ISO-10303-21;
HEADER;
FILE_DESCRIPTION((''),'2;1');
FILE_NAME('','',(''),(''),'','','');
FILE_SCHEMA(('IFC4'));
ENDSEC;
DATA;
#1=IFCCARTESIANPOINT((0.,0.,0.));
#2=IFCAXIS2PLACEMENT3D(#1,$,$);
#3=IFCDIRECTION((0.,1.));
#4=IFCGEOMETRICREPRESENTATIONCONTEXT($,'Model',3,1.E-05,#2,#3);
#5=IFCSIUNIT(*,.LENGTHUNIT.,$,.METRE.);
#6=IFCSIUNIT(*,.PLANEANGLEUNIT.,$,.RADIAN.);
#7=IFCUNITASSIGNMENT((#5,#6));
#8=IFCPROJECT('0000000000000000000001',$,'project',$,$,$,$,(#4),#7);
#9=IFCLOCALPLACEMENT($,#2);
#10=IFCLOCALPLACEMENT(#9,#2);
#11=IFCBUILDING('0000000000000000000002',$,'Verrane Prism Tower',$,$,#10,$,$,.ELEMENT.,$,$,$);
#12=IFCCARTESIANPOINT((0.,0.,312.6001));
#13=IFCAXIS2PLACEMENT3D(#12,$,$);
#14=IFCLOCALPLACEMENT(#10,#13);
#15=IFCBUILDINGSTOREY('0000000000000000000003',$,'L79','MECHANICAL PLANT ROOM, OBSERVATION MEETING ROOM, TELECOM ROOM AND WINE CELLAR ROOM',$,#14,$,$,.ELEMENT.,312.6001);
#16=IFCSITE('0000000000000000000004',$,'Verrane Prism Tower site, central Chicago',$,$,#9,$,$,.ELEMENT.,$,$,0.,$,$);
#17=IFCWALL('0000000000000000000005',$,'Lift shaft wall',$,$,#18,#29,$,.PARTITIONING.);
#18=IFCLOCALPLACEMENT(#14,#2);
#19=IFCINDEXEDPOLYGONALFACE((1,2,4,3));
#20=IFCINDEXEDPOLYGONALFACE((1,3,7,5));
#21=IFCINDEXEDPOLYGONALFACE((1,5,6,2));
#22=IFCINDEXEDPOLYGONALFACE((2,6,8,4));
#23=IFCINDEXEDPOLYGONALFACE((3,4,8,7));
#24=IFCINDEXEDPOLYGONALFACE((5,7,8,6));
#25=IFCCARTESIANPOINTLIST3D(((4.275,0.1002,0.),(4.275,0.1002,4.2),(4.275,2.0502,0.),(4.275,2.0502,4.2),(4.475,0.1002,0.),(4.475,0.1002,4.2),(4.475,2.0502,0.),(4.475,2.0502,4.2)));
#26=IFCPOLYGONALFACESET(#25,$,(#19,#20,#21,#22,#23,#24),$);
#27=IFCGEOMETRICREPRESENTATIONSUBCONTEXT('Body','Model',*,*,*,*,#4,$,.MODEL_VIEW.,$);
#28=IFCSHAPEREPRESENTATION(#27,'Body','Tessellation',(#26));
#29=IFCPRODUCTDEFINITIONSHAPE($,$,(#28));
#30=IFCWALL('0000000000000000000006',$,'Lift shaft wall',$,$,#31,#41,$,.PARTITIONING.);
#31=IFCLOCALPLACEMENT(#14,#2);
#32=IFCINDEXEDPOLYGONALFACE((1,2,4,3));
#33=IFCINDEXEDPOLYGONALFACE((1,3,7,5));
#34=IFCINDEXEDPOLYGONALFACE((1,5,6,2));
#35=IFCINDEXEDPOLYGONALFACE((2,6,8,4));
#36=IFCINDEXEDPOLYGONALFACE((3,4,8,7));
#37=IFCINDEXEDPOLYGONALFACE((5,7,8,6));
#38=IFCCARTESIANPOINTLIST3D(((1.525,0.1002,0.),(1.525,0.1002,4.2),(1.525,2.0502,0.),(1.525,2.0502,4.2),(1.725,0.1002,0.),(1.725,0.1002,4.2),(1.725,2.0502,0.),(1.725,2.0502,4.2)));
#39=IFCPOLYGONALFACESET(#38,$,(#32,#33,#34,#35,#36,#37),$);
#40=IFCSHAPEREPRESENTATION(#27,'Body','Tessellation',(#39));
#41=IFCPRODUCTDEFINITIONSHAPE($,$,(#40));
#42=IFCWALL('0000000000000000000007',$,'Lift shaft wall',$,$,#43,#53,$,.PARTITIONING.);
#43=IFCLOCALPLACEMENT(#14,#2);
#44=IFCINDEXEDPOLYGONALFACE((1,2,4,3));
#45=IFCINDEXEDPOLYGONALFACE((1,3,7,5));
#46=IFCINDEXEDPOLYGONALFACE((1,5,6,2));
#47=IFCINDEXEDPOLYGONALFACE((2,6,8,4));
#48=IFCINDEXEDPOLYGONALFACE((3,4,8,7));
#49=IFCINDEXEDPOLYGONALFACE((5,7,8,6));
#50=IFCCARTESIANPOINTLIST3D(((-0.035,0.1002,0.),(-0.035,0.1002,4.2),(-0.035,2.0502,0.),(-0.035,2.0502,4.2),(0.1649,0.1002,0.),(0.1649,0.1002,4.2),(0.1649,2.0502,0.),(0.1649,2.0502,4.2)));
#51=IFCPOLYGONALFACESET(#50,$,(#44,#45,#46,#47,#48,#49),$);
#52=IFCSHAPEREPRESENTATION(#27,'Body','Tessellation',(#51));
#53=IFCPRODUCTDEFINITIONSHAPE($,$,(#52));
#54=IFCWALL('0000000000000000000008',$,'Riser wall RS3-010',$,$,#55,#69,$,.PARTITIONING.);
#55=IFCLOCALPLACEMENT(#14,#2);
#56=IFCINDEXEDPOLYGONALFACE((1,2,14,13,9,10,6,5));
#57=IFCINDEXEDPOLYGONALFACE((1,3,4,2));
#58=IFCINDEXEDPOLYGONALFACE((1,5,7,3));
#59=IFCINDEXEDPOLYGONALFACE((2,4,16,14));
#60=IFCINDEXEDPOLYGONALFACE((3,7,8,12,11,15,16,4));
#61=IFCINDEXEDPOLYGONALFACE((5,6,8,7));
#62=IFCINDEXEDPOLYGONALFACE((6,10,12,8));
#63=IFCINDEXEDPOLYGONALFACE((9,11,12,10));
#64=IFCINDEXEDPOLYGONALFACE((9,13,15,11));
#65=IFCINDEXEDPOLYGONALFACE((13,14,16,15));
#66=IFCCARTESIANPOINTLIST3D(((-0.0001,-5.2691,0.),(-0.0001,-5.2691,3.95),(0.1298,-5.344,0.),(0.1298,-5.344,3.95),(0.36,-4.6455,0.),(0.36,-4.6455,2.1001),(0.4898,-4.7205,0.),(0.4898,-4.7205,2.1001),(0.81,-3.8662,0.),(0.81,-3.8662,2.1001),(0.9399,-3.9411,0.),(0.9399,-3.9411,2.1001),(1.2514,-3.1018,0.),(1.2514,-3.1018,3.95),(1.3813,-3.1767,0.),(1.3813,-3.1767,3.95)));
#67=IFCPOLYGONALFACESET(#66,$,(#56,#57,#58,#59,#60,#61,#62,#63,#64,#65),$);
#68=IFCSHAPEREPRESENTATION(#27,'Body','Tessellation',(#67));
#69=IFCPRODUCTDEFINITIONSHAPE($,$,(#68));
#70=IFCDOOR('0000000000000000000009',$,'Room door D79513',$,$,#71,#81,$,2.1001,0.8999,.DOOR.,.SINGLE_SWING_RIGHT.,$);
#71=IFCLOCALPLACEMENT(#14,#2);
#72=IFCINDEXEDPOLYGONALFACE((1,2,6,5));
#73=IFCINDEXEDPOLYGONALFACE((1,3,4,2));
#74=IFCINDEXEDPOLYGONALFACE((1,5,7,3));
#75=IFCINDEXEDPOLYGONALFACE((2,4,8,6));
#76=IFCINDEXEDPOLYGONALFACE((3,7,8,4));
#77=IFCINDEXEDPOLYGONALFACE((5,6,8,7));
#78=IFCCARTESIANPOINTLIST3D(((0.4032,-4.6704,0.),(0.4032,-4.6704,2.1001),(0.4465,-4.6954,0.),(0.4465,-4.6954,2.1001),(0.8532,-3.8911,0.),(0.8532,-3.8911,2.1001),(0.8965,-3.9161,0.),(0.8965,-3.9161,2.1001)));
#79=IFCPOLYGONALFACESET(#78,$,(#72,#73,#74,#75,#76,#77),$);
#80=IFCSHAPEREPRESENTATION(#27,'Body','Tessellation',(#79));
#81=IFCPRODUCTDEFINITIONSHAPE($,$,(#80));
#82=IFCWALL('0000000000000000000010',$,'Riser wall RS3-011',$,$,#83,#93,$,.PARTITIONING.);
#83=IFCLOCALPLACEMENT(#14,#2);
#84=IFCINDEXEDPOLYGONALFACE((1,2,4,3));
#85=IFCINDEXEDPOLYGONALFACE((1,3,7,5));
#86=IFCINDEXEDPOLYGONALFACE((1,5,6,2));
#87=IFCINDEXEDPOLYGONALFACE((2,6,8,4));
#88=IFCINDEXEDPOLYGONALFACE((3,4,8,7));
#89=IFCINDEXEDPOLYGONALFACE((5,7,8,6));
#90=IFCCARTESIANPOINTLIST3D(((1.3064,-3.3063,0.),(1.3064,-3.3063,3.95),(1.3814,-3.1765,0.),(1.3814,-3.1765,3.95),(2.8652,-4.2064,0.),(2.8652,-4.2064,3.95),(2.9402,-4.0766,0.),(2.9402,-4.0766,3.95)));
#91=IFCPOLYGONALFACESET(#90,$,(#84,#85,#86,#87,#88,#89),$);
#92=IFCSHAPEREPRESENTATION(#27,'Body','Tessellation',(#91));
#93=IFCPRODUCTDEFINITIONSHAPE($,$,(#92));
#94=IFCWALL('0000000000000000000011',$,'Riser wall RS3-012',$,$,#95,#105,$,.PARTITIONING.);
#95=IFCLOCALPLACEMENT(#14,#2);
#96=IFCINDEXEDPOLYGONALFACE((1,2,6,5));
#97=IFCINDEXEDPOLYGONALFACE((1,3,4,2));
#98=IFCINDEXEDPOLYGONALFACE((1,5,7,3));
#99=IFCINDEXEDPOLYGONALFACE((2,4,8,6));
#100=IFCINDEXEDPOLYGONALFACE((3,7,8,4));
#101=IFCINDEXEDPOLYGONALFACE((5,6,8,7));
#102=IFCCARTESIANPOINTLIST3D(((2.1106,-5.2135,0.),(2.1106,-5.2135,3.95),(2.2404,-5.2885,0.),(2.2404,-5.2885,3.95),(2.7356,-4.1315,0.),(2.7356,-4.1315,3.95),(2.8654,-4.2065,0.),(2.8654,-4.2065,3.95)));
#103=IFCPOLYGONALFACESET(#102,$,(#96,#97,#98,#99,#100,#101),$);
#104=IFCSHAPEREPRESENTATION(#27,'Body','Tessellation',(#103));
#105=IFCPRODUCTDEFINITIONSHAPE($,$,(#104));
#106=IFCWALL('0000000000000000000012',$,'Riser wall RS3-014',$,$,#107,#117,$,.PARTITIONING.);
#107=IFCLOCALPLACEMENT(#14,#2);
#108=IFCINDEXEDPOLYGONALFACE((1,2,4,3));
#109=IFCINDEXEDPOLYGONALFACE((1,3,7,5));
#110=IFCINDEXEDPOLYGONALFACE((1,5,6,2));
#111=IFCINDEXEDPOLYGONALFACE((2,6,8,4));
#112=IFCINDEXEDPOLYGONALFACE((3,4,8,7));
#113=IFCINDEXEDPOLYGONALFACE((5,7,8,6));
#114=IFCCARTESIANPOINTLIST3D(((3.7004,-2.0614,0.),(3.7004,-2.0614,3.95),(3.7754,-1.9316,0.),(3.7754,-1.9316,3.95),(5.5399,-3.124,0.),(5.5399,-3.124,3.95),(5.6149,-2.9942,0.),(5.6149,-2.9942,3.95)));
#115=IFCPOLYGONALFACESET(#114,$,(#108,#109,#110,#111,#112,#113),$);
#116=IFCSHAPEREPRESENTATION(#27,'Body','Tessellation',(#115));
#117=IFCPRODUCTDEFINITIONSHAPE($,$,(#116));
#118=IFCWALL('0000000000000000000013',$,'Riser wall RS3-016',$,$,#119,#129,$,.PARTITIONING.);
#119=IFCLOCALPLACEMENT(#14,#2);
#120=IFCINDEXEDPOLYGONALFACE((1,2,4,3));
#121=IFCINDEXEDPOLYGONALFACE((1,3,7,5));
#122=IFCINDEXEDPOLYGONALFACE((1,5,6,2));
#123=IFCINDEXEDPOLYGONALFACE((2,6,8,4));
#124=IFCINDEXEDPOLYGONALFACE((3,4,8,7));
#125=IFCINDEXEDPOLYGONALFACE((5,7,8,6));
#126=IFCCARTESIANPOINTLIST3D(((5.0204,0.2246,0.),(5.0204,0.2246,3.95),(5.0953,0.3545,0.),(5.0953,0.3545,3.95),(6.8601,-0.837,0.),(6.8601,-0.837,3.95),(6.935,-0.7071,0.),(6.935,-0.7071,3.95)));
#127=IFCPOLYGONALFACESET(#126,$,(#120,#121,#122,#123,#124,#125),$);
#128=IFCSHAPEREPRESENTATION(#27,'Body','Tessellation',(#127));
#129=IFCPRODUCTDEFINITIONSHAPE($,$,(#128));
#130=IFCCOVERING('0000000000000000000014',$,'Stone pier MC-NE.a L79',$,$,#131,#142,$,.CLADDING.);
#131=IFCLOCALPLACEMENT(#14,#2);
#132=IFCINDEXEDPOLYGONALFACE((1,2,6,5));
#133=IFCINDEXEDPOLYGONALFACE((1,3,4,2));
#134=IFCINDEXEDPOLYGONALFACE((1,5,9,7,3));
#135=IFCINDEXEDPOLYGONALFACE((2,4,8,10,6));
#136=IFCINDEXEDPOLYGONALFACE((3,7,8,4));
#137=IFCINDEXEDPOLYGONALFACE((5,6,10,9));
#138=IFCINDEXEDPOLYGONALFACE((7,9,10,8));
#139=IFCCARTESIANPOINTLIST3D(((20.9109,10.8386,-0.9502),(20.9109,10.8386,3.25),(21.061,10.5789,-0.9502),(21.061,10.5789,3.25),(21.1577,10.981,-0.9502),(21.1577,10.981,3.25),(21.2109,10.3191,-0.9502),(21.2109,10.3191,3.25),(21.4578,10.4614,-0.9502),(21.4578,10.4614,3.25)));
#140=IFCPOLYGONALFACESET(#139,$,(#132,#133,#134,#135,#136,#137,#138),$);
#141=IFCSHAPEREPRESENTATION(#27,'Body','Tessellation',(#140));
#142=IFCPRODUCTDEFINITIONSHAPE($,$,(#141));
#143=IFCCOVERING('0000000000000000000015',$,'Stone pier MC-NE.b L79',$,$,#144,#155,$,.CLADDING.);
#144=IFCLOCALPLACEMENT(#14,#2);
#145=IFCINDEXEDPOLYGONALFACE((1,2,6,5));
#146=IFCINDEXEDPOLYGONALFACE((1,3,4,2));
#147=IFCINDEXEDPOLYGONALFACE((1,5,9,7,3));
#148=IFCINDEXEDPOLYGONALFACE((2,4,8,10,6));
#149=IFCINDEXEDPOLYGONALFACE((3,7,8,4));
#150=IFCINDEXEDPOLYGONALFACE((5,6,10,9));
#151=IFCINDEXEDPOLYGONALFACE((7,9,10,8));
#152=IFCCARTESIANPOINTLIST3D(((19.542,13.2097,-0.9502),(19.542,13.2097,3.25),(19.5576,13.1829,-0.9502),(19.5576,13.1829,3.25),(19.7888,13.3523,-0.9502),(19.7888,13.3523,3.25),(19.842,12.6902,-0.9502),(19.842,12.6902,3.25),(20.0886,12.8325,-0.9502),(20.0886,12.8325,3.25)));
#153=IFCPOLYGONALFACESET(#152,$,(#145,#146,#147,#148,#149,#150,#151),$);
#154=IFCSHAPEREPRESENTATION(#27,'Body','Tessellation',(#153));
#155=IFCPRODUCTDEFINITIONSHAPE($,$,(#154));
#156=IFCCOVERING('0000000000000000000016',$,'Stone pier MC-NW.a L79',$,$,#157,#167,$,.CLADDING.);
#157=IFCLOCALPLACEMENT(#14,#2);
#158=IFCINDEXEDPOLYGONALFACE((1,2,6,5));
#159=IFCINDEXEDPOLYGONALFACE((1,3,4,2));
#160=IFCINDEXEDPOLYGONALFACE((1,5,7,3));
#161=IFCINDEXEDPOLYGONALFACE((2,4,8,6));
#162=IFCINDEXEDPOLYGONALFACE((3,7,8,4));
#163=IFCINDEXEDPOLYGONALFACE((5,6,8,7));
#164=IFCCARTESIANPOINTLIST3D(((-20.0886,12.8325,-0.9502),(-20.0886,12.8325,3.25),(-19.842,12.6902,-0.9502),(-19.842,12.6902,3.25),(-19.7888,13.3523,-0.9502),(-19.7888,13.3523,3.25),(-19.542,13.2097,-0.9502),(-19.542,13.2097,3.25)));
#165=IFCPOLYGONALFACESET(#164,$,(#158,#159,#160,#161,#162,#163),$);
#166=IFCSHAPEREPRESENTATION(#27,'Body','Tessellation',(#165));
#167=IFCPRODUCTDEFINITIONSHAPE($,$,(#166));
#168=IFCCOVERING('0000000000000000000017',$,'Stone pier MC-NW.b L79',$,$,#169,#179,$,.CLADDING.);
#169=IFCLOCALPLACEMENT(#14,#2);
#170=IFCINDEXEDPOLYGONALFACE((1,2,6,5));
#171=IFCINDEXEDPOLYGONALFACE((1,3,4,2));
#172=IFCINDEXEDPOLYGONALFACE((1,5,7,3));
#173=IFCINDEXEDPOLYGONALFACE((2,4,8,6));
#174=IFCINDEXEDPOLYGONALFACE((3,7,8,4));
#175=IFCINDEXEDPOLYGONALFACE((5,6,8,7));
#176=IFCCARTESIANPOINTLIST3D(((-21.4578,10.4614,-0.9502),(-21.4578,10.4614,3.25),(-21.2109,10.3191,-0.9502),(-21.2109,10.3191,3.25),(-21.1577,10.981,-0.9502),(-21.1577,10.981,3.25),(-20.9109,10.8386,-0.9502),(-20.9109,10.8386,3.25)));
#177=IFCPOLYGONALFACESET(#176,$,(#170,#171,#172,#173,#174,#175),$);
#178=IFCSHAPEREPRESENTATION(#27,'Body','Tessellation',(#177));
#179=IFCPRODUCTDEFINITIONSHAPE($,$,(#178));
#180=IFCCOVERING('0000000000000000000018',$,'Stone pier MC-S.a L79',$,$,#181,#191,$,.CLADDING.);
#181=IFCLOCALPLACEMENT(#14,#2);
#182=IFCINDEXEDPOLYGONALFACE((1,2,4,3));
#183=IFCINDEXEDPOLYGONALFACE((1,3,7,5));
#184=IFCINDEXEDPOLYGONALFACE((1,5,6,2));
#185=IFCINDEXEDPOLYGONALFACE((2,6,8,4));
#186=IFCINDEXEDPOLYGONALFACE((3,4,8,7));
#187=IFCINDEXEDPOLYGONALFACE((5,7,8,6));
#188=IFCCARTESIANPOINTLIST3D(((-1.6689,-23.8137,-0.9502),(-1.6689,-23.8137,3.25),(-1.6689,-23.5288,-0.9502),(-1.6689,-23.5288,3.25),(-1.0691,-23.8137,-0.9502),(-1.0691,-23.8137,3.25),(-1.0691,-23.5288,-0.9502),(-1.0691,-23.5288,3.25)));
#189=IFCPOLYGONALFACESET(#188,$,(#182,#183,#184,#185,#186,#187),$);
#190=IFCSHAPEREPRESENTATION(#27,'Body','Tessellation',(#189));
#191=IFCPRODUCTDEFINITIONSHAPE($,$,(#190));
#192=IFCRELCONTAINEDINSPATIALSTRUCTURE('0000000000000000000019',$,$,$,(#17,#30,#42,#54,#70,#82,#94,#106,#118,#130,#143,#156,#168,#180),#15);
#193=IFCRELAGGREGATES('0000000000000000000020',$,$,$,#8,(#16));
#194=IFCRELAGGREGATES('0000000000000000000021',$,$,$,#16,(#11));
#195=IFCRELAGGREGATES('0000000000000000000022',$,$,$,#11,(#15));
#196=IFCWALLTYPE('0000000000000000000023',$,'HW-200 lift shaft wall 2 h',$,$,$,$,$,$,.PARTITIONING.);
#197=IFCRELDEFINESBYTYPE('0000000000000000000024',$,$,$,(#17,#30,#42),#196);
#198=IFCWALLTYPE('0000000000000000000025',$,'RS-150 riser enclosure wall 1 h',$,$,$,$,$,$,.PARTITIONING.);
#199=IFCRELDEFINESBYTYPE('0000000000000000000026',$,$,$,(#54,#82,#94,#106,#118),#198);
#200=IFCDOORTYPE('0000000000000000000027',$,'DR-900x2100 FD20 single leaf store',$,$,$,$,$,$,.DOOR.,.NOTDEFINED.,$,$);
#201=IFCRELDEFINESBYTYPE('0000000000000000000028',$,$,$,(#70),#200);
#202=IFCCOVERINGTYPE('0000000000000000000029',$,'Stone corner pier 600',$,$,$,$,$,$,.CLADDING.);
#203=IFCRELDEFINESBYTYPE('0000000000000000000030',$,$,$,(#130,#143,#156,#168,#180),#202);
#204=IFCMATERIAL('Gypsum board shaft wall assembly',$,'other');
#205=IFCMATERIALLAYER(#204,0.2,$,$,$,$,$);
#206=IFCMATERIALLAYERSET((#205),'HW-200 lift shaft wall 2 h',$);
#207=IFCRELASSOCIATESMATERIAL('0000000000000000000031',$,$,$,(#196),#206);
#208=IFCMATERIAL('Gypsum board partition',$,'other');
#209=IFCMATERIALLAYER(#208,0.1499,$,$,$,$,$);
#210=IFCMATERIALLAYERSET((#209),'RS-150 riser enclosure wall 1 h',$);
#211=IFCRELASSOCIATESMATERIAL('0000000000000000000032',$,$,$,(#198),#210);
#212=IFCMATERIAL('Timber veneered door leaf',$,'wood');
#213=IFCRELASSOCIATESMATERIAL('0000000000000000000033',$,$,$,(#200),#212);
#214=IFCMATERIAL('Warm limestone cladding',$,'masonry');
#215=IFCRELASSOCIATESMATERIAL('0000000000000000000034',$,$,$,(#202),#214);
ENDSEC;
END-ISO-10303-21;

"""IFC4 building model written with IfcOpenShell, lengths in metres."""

from ifc_helpers import new_model, si_unit, direction, frame, frame_2d, origin, place, context, subcontext, project, spatial, polyline, rectangle, outline, extrude, material, layer, layer_set, type_object, element, fill, save


model = new_model("IFC4")

# Units and contexts
model_context = context("Model", 3, precision=1e-05, world=origin(), true_north=direction((0.0, 1.0)))
body_context = subcontext(model_context, "Body", "Model", "MODEL_VIEW")
ifc_project = project(units=[si_unit("LENGTHUNIT", "METRE"), si_unit("PLANEANGLEUNIT", "RADIAN")], contexts=[model_context])

# Site, building, storey
site_placement = place(None, origin())
site = spatial("IfcSite", under=ifc_project, at=site_placement, Name="Verrane Prism Tower site, central Chicago", CompositionType="ELEMENT", RefElevation=0.0)
building_placement = place(site_placement, origin())
building = spatial("IfcBuilding", under=site, at=building_placement, Name="Verrane Prism Tower", CompositionType="ELEMENT")
storey_placement = place(building_placement, frame((0.0, 0.0, 312.6001)))
storey = spatial("IfcBuildingStorey", under=building, at=storey_placement, Name="L79", Description="MECHANICAL PLANT ROOM, OBSERVATION MEETING ROOM, TELECOM ROOM AND WINE CELLAR ROOM", CompositionType="ELEMENT", Elevation=312.6001)

# Walls
ifc_material_1 = material(Name="Gypsum board shaft wall assembly", Category="other")
ifc_layer_1 = layer(ifc_material_1, 0.2)
ifc_layer_set_1 = layer_set([ifc_layer_1], Name="HW-200 lift shaft wall 2 h")
wall_type_1 = type_object("IfcWallType", Name="HW-200 lift shaft wall 2 h", PredefinedType="PARTITIONING", material=ifc_layer_set_1)
for number, where, z_axis, x_axis, name in (
    (1, (4.375, 0.1001, 0.0), (0.0, 0.0, 1.0), (0.0, 1.0, 0.0), "Lift shaft wall"),
    (2, (1.625, 0.1001, 0.0), (0.0, 0.0, 1.0), (0.0, 1.0, 0.0), "Lift shaft wall"),
    (3, (0.0649, 0.1001, 0.0), (0.0, 0.0, 1.0), (0.0, 1.0, 0.0), "Lift shaft wall"),
):
    element("IfcWall", number, at=place(storey_placement, frame(where, z_axis=z_axis, x_axis=x_axis)), inside=storey, type_object=wall_type_1, Name=name, PredefinedType="PARTITIONING", context=body_context, shape_type="SweptSolid", body=[
        extrude(rectangle(XDim=1.95, YDim=0.2, at=frame_2d((0.9751, 0.0))), origin(), (0.0, 0.0, 1.0), 4.2),
    ])

# Wall, opening, door
ifc_material_2 = material(Name="Gypsum board partition", Category="other")
ifc_layer_2 = layer(ifc_material_2, 0.1499)
ifc_layer_set_2 = layer_set([ifc_layer_2], Name="RS-150 riser enclosure wall 1 h")
wall_type_2 = type_object("IfcWallType", Name="RS-150 riser enclosure wall 1 h", PredefinedType="PARTITIONING", material=ifc_layer_set_2)
wall_1_placement = place(storey_placement, frame((1.3164, -3.1392, 0.0), z_axis=(0.0, 0.0, 1.0), x_axis=(-0.500063, -0.865989, 0.0)))
wall_1 = element("IfcWall", 4, at=wall_1_placement, inside=storey, type_object=wall_type_2, Name="Riser wall RS3-010", PredefinedType="PARTITIONING", context=body_context, shape_type="SweptSolid", body=[
    extrude(rectangle(XDim=2.5027, YDim=0.1499, at=frame_2d((1.2515, 0.0))), origin(), (0.0, 0.0, 1.0), 3.95),
])
opening_placement = place(wall_1_placement, frame((0.8828, 0.0, 0.0)))
opening = element("IfcOpeningElement", 5, at=opening_placement, cuts=wall_1, PredefinedType="OPENING", context=body_context, shape_type="SweptSolid", body=[
    extrude(rectangle(XDim=0.8999, YDim=2.1001, at=frame_2d((0.45, 1.05))), frame((0.0, 0.085, 0.0), z_axis=(0.0, -1.0, 0.0), x_axis=(1.0, 0.0, 0.0)), (0.0, 0.0, 1.0), 0.1699),
])
ifc_material_3 = material(Name="Timber veneered door leaf", Category="wood")
door_type = type_object("IfcDoorType", Name="DR-900x2100 FD20 single leaf store", OperationType="NOTDEFINED", PredefinedType="DOOR", material=ifc_material_3)
door_placement = place(opening_placement, origin())
door = element("IfcDoor", 6, at=door_placement, inside=storey, type_object=door_type, Name="Room door D79513", OperationType="SINGLE_SWING_RIGHT", OverallHeight=2.1001, OverallWidth=0.8999, PredefinedType="DOOR", context=body_context, shape_type="SweptSolid", body=[
    extrude(rectangle(XDim=0.8999, YDim=2.1001, at=frame_2d((0.45, 1.05))), frame((0.0, 0.0249, 0.0), z_axis=(0.0, -1.0, 0.0), x_axis=(1.0, 0.0, 0.0)), (0.0, 0.0, 1.0), 0.05),
])
fill(opening, door)

# Walls
wall_2_placement = place(storey_placement, frame((1.344, -3.2415, 0.0), z_axis=(0.0, 0.0, 1.0), x_axis=(0.865989, -0.500063, 0.0)))
element("IfcWall", 7, at=wall_2_placement, inside=storey, type_object=wall_type_2, Name="Riser wall RS3-011", PredefinedType="PARTITIONING", context=body_context, shape_type="SweptSolid", body=[
    extrude(rectangle(XDim=1.8, YDim=0.1499, at=frame_2d((0.8999, 0.0))), origin(), (0.0, 0.0, 1.0), 3.95),
])
wall_3_placement = place(storey_placement, frame((2.1755, -5.251, 0.0), z_axis=(0.0, 0.0, 1.0), x_axis=(0.500173, 0.865925, 0.0)))
element("IfcWall", 8, at=wall_3_placement, inside=storey, type_object=wall_type_2, Name="Riser wall RS3-012", PredefinedType="PARTITIONING", context=body_context, shape_type="SweptSolid", body=[
    extrude(rectangle(XDim=1.2495, YDim=0.1499, at=frame_2d((0.6248, 0.0))), origin(), (0.0, 0.0, 1.0), 3.95),
])
wall_4_placement = place(storey_placement, frame((3.738, -1.9966, 0.0), z_axis=(0.0, 0.0, 1.0), x_axis=(0.865914, -0.500193, 0.0)))
element("IfcWall", 9, at=wall_4_placement, inside=storey, type_object=wall_type_2, Name="Riser wall RS3-014", PredefinedType="PARTITIONING", context=body_context, shape_type="SweptSolid", body=[
    extrude(rectangle(XDim=2.1243, YDim=0.1499, at=frame_2d((1.062, 0.0))), origin(), (0.0, 0.0, 1.0), 3.95),
])
wall_5_placement = place(storey_placement, frame((5.0579, 0.2896, 0.0), z_axis=(0.0, 0.0, 1.0), x_axis=(0.866142, -0.499799, 0.0)))
element("IfcWall", 10, at=wall_5_placement, inside=storey, type_object=wall_type_2, Name="Riser wall RS3-016", PredefinedType="PARTITIONING", context=body_context, shape_type="SweptSolid", body=[
    extrude(rectangle(XDim=2.124, YDim=0.1499, at=frame_2d((1.062, 0.0))), origin(), (0.0, 0.0, 1.0), 3.95),
])

# Coverings
ifc_material_4 = material(Name="Warm limestone cladding", Category="masonry")
covering_type_1 = type_object("IfcCoveringType", Name="Stone corner pier 600", PredefinedType="CLADDING", material=ifc_material_4)
covering_1_placement = place(storey_placement, frame((0.0, 0.0, -0.9502)))
element("IfcCovering", 11, at=covering_1_placement, inside=storey, type_object=covering_type_1, Name="Stone pier MC-NE.a L79", PredefinedType="CLADDING", context=body_context, shape_type="SweptSolid", body=[
    extrude(outline(polyline([(20.9109, 10.8386), (21.061, 10.5789), (21.2109, 10.3191), (21.4578, 10.4614), (21.1577, 10.981), (20.9109, 10.8386)])), origin(), (0.0, 0.0, 1.0), 4.2002),
])
covering_2_placement = place(storey_placement, frame((0.0, 0.0, -0.9502)))
element("IfcCovering", 12, at=covering_2_placement, inside=storey, type_object=covering_type_1, Name="Stone pier MC-NE.b L79", PredefinedType="CLADDING", context=body_context, shape_type="SweptSolid", body=[
    extrude(outline(polyline([(19.542, 13.2097), (19.5576, 13.1829), (19.842, 12.6902), (20.0886, 12.8325), (19.7888, 13.3523), (19.542, 13.2097)])), origin(), (0.0, 0.0, 1.0), 4.2002),
])
covering_3_placement = place(storey_placement, frame((0.0, 0.0, -0.9502)))
element("IfcCovering", 13, at=covering_3_placement, inside=storey, type_object=covering_type_1, Name="Stone pier MC-NW.a L79", PredefinedType="CLADDING", context=body_context, shape_type="SweptSolid", body=[
    extrude(outline(polyline([(-19.842, 12.6902), (-19.542, 13.2097), (-19.7888, 13.3523), (-20.0886, 12.8325), (-19.842, 12.6902)])), origin(), (0.0, 0.0, 1.0), 4.2002),
])
covering_4_placement = place(storey_placement, frame((0.0, 0.0, -0.9502)))
element("IfcCovering", 14, at=covering_4_placement, inside=storey, type_object=covering_type_1, Name="Stone pier MC-NW.b L79", PredefinedType="CLADDING", context=body_context, shape_type="SweptSolid", body=[
    extrude(outline(polyline([(-21.2109, 10.3191), (-20.9109, 10.8386), (-21.1577, 10.981), (-21.4578, 10.4614), (-21.2109, 10.3191)])), origin(), (0.0, 0.0, 1.0), 4.2002),
])
covering_5_placement = place(storey_placement, frame((0.0, 0.0, -0.9502)))
element("IfcCovering", 15, at=covering_5_placement, inside=storey, type_object=covering_type_1, Name="Stone pier MC-S.a L79", PredefinedType="CLADDING", context=body_context, shape_type="SweptSolid", body=[
    extrude(outline(polyline([(-1.0691, -23.5288), (-1.6689, -23.5288), (-1.6689, -23.8137), (-1.0691, -23.8137), (-1.0691, -23.5288)])), origin(), (0.0, 0.0, 1.0), 4.2002),
])

save(model, "model.ifc")
